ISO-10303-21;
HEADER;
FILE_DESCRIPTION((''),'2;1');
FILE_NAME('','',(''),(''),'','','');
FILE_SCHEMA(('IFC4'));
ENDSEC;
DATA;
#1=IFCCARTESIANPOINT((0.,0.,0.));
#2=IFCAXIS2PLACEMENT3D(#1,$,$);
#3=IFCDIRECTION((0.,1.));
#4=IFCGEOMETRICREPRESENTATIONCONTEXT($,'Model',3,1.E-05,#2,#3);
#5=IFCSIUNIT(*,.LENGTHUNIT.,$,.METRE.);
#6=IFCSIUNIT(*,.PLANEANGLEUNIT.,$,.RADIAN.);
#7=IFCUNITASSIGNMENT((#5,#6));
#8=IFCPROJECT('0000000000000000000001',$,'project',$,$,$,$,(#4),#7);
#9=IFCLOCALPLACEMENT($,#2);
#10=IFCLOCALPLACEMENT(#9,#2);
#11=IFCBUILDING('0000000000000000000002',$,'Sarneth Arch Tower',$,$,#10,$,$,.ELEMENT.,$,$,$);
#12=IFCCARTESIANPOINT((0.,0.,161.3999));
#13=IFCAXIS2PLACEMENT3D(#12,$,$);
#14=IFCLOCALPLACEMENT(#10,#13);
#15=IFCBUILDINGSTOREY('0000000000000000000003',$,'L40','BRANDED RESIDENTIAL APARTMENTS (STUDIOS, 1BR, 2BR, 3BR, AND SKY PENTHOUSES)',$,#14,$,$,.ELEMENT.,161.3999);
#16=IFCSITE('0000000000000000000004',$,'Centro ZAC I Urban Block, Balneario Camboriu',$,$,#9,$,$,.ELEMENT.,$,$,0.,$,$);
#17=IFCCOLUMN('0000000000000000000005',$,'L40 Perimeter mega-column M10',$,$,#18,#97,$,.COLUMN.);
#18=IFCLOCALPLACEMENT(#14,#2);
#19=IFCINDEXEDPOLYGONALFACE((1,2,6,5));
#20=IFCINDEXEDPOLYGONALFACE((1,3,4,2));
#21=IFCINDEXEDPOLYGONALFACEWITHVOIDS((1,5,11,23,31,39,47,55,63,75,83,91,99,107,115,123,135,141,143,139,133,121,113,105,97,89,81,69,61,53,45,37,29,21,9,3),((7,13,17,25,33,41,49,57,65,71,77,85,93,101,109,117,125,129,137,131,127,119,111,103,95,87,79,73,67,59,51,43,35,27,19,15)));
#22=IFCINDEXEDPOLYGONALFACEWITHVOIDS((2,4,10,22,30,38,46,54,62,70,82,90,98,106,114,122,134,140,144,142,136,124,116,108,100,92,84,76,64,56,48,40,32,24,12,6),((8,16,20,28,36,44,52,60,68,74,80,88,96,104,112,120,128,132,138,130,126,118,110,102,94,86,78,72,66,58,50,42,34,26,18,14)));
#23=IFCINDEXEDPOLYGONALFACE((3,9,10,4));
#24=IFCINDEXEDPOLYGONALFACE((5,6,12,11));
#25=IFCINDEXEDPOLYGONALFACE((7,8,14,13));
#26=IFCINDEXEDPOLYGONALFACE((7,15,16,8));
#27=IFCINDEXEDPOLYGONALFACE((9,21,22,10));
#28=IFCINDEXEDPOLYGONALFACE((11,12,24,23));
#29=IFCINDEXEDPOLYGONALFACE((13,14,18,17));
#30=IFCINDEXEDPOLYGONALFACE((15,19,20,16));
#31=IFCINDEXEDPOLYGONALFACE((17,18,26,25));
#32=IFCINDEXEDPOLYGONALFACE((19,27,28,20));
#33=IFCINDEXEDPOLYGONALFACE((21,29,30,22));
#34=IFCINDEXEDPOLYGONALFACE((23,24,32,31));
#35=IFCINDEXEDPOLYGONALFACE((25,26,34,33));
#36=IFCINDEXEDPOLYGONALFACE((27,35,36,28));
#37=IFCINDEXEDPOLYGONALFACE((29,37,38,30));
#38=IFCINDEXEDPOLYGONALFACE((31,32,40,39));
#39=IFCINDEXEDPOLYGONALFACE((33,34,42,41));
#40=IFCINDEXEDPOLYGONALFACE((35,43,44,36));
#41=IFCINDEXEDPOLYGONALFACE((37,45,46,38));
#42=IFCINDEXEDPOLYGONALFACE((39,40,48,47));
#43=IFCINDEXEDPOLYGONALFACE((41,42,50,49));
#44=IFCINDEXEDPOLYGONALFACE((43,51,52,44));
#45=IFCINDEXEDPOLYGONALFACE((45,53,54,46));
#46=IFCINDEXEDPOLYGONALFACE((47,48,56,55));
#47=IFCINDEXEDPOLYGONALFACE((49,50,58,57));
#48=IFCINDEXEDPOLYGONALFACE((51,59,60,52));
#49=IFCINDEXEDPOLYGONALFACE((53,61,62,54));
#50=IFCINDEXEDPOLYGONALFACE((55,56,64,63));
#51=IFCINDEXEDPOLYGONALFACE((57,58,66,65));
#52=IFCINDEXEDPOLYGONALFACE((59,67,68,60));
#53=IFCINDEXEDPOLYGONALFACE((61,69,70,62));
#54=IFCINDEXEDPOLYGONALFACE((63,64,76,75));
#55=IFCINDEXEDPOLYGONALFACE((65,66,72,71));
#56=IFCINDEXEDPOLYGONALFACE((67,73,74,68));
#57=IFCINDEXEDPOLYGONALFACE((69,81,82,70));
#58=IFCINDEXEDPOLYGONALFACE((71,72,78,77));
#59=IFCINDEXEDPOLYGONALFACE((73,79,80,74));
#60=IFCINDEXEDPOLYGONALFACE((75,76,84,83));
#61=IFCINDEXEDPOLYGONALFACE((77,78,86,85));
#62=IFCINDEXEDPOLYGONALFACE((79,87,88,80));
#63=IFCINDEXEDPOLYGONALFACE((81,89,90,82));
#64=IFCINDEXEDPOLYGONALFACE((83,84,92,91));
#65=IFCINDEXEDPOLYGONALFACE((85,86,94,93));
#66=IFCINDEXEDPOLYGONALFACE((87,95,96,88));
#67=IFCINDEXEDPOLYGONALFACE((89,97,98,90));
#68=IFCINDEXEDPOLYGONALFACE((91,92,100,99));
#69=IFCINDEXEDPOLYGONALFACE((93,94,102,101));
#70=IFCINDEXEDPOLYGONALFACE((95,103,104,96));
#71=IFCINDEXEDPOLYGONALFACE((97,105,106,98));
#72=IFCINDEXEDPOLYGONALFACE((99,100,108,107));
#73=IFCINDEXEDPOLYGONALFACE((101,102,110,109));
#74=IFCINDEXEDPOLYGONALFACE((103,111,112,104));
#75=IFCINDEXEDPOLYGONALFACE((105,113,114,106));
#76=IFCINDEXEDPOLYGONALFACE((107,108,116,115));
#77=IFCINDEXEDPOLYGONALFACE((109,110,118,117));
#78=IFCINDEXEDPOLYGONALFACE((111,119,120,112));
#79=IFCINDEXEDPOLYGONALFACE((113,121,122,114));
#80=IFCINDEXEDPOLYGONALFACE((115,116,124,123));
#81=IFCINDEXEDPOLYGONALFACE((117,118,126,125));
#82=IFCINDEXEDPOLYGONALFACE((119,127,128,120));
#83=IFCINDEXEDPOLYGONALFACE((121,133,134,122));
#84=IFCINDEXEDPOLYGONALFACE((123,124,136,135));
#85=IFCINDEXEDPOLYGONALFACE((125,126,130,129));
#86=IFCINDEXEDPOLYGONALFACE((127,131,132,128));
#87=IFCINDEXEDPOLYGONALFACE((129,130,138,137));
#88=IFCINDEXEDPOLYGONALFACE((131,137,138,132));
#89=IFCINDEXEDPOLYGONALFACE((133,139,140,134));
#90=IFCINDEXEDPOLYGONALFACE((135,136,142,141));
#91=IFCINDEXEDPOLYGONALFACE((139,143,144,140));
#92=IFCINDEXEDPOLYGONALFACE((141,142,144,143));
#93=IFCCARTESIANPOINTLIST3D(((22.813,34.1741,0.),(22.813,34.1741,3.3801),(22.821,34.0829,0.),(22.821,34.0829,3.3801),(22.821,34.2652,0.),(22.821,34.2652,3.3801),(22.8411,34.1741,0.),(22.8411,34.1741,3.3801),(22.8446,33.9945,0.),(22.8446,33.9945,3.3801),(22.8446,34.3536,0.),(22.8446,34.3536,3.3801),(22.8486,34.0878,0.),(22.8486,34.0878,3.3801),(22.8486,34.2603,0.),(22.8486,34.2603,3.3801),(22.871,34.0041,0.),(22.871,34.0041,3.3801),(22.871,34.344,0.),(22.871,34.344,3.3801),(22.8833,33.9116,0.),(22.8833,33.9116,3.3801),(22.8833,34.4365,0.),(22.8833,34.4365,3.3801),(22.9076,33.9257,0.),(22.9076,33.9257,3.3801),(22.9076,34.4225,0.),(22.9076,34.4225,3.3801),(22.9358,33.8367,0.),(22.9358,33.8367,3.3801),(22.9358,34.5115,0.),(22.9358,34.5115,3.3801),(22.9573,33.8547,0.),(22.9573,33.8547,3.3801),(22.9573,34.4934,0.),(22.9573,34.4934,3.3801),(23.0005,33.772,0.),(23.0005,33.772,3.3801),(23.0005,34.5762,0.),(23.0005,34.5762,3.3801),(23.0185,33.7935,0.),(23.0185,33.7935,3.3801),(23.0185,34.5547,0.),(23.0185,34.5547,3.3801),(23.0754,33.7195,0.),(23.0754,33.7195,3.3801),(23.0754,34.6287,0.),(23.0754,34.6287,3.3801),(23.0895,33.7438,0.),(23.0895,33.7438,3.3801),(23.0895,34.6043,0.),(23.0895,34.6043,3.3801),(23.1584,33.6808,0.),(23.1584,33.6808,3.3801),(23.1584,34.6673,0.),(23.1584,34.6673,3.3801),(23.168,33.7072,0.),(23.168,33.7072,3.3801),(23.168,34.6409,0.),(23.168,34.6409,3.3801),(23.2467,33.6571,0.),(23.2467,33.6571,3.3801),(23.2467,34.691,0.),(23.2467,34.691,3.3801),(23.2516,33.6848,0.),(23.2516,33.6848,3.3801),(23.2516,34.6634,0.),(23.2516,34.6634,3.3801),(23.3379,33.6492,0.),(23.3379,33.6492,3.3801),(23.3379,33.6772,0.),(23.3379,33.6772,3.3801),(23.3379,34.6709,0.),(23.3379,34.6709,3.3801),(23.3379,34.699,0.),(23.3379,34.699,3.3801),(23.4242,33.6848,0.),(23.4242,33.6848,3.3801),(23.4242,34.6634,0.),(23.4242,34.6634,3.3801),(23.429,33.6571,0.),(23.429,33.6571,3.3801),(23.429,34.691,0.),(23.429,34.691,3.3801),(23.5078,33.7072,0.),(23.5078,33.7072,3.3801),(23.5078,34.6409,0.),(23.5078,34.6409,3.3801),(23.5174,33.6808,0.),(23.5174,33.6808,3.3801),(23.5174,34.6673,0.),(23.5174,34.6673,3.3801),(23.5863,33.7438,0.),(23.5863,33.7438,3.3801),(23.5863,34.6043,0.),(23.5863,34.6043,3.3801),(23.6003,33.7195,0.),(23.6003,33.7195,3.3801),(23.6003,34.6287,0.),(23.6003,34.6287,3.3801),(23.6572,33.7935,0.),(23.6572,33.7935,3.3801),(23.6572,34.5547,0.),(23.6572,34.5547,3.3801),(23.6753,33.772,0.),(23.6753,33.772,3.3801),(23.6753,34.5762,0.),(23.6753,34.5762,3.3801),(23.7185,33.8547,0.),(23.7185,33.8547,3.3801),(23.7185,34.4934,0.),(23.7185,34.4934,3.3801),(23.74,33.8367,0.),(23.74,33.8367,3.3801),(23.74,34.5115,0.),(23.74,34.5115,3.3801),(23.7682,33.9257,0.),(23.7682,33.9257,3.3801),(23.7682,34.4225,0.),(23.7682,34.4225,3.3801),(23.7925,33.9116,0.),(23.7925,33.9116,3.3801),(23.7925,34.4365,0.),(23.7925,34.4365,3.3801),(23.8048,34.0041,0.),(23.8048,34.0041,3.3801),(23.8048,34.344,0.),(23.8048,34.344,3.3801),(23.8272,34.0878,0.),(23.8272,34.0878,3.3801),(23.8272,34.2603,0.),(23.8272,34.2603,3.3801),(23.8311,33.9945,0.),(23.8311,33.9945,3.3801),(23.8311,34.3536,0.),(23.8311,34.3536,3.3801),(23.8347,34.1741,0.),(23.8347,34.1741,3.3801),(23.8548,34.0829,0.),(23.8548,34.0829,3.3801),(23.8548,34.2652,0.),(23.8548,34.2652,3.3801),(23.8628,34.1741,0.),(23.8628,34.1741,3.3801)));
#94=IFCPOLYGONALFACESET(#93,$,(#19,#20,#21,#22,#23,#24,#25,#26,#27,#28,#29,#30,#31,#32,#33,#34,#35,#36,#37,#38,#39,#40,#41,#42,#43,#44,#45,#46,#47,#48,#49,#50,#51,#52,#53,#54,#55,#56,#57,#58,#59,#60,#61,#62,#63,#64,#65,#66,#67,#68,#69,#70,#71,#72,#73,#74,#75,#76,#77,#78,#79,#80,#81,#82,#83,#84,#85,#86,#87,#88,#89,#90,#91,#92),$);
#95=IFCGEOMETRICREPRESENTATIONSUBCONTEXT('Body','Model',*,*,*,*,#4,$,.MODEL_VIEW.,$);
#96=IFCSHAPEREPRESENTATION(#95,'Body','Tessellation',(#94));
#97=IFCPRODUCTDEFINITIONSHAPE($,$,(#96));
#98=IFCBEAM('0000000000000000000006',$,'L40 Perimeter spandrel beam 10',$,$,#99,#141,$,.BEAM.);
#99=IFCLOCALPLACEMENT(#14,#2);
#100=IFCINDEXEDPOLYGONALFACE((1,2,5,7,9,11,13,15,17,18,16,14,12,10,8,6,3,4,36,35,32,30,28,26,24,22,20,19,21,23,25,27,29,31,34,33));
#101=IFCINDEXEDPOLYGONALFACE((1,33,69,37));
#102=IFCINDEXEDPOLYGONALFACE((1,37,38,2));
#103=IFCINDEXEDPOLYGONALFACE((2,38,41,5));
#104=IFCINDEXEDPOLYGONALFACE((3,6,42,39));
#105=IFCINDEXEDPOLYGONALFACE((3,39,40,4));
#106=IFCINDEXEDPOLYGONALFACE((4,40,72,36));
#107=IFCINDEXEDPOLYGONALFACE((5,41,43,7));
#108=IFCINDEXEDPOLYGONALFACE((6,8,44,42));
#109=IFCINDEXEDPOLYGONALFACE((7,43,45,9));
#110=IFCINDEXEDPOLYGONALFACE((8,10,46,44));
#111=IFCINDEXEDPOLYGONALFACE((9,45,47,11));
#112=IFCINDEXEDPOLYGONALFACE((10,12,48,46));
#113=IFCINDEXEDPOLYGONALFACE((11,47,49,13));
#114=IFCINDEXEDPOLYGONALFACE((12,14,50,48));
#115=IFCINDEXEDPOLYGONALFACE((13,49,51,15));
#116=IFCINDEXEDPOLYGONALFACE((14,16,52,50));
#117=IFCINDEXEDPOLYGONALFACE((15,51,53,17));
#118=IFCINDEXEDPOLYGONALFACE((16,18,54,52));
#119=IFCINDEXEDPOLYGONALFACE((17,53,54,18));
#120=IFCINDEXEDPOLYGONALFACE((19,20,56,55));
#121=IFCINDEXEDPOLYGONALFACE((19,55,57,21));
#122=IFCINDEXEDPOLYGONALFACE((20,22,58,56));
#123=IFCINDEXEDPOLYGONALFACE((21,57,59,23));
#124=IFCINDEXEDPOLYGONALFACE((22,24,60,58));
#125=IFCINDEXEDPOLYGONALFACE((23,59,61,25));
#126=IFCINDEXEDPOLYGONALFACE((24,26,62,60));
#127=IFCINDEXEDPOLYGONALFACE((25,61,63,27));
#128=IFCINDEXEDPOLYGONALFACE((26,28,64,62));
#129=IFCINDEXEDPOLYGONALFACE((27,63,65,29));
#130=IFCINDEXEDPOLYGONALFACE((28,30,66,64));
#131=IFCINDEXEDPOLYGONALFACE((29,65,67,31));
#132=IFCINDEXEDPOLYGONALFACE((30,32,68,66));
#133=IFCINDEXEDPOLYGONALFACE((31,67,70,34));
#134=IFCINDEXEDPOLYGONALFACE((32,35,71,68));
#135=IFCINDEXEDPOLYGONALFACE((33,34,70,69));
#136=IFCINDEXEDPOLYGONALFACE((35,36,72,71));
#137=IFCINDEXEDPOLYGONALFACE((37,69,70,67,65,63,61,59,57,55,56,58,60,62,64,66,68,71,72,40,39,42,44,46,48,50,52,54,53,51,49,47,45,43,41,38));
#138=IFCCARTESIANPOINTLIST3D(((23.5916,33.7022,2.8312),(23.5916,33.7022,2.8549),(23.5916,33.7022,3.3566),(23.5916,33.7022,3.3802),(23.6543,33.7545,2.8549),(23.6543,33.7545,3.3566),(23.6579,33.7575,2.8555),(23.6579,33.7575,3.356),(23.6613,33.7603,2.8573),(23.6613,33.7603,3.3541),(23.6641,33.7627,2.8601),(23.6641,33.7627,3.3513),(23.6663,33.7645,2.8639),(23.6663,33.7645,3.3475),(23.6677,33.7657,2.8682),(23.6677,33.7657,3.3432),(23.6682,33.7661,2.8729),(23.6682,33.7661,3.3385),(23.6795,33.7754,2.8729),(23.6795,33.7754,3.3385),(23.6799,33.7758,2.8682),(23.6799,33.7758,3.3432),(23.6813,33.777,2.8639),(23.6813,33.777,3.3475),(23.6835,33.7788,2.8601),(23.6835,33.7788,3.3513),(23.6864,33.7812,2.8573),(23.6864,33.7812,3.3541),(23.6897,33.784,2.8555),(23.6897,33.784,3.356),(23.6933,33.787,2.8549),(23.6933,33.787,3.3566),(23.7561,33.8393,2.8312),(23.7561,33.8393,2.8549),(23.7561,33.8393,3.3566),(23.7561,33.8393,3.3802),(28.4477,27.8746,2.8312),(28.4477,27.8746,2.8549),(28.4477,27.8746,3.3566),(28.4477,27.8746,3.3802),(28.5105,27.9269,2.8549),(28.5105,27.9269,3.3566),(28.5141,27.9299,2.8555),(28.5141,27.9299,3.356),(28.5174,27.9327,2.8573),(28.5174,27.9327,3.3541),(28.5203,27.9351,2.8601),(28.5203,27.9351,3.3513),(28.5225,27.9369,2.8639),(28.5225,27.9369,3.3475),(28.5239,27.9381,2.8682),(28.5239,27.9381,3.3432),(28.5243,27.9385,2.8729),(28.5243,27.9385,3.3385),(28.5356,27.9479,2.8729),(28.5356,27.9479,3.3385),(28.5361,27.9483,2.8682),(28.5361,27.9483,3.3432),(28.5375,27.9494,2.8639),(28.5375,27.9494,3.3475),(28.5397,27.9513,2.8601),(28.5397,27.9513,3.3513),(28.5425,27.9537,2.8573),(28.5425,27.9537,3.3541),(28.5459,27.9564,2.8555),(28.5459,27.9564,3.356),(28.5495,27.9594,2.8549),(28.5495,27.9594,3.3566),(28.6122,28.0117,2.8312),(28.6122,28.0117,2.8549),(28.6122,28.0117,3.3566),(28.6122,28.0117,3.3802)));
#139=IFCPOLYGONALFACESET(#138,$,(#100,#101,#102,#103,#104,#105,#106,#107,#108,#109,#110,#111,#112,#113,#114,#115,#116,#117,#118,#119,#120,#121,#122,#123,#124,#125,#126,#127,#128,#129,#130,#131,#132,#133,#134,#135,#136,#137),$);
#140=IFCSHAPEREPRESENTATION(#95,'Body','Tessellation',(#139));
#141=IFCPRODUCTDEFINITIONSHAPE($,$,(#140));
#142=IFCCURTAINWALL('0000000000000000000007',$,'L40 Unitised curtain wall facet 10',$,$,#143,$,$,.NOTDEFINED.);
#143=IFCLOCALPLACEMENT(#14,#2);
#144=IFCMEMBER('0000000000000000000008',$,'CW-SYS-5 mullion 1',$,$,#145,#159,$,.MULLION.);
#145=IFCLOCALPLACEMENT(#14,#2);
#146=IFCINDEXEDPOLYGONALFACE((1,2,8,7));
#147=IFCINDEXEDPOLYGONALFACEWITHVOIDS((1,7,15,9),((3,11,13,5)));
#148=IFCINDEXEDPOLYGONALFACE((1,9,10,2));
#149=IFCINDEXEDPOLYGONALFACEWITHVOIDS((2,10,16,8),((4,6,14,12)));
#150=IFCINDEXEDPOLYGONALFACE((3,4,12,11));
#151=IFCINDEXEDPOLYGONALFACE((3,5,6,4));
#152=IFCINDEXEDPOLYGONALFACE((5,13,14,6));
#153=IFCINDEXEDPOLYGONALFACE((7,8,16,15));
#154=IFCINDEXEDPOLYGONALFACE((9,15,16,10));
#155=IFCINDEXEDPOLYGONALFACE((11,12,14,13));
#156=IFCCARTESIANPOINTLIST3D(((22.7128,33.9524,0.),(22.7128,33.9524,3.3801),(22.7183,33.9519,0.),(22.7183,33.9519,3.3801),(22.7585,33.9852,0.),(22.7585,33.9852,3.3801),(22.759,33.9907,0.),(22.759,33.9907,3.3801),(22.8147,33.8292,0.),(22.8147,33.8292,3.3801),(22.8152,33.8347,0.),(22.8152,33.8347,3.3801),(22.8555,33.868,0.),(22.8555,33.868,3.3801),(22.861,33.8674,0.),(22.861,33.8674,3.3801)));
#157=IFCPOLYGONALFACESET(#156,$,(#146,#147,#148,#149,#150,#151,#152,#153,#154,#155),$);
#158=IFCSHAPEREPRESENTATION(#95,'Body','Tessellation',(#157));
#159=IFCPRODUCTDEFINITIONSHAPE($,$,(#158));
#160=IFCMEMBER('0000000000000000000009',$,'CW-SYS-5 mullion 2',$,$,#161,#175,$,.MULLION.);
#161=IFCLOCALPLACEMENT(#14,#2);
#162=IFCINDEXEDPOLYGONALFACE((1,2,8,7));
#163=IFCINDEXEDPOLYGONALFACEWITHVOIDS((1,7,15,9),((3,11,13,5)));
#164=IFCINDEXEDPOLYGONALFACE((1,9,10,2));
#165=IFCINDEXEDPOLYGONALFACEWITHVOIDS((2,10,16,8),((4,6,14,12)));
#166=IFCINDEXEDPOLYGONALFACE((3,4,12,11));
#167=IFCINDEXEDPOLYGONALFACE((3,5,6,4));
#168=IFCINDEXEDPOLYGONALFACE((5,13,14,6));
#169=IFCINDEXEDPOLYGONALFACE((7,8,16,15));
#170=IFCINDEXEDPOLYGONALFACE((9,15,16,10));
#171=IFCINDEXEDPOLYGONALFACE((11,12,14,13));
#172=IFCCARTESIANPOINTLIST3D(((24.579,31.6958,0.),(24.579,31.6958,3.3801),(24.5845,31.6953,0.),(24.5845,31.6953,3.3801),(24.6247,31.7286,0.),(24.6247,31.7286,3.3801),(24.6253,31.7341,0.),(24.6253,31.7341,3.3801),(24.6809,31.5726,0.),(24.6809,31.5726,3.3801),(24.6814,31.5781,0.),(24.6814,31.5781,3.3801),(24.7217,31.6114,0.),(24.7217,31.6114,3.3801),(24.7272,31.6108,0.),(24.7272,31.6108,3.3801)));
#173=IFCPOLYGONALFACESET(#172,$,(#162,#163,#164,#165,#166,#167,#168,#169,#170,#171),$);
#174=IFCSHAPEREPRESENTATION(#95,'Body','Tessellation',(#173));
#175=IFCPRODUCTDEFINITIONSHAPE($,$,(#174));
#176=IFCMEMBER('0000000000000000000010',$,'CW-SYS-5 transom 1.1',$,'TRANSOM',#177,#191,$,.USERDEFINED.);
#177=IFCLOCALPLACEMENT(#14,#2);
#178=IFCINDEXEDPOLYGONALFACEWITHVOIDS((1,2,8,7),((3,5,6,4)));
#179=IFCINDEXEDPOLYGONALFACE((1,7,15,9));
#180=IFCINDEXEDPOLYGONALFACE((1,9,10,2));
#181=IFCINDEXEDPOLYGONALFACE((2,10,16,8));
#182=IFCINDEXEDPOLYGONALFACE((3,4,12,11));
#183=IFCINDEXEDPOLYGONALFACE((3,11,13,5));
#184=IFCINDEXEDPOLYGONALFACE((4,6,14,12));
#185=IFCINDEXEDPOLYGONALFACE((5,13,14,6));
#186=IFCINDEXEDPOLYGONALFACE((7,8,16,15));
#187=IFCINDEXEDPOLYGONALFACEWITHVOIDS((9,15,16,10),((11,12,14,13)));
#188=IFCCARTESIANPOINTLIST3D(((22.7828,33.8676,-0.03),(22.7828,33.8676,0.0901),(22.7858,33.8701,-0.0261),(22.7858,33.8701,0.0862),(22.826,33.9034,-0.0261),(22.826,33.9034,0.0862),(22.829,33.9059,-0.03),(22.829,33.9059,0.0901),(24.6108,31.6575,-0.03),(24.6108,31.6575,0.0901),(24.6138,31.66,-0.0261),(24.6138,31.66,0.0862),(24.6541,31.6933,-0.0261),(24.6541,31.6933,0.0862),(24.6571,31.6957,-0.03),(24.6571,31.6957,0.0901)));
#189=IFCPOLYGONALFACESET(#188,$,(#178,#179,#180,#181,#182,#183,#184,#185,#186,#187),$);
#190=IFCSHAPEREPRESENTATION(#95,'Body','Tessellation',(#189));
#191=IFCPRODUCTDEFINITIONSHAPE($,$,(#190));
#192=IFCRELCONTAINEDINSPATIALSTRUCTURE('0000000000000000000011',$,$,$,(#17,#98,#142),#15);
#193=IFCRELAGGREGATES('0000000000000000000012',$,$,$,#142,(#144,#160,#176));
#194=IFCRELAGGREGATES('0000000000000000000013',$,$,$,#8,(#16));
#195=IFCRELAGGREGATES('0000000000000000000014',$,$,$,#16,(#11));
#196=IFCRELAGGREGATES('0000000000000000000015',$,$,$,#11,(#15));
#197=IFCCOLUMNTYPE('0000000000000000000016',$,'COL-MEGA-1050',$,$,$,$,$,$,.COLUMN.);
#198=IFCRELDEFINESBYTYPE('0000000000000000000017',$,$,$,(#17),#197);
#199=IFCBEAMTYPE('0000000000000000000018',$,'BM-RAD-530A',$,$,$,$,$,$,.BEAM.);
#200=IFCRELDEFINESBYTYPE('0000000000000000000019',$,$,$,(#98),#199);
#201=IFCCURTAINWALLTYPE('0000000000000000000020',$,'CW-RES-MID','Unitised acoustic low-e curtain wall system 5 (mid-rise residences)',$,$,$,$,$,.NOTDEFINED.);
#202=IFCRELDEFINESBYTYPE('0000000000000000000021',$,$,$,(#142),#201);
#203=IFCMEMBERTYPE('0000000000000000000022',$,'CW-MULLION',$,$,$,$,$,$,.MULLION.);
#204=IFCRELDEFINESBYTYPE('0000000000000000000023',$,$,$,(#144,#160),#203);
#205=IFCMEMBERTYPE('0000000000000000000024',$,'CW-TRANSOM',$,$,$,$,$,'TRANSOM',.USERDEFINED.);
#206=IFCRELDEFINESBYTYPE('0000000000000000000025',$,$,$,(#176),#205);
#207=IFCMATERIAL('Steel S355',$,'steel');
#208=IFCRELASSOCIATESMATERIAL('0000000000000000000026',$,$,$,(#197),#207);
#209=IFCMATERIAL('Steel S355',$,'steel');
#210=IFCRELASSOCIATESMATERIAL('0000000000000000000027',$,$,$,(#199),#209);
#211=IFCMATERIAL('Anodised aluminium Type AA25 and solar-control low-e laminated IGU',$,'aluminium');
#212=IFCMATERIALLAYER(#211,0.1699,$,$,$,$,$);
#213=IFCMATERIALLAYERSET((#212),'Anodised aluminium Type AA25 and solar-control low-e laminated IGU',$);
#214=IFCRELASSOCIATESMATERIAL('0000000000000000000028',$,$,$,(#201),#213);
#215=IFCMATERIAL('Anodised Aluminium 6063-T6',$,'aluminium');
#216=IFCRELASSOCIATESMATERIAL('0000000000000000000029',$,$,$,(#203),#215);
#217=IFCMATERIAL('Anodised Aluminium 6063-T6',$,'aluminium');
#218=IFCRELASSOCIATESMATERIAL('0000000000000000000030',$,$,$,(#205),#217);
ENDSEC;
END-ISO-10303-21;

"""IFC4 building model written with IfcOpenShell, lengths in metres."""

from ifc_helpers import new_model, si_unit, direction, frame, origin, origin_2d, place, context, subcontext, project, spatial, hollow_rectangle, hollow_circle, i_section, extrude, material, layer, layer_set, material_profile, profile_set, type_object, element, aggregate, save


model = new_model("IFC4")

# Units and contexts
model_context = context("Model", 3, precision=1e-05, world=origin(), true_north=direction((0.0, 1.0)))
body_context = subcontext(model_context, "Body", "Model", "MODEL_VIEW")
ifc_project = project(units=[si_unit("LENGTHUNIT", "METRE"), si_unit("PLANEANGLEUNIT", "RADIAN")], contexts=[model_context])

# Site, building, storey
site_placement = place(None, origin())
site = spatial("IfcSite", under=ifc_project, at=site_placement, Name="Centro ZAC I Urban Block, Balneario Camboriu", CompositionType="ELEMENT", RefElevation=0.0)
building_placement = place(site_placement, origin())
building = spatial("IfcBuilding", under=site, at=building_placement, Name="Sarneth Arch Tower", CompositionType="ELEMENT")
storey_placement = place(building_placement, frame((0.0, 0.0, 161.3999)))
storey = spatial("IfcBuildingStorey", under=building, at=storey_placement, Name="L40", Description="BRANDED RESIDENTIAL APARTMENTS (STUDIOS, 1BR, 2BR, 3BR, AND SKY PENTHOUSES)", CompositionType="ELEMENT", Elevation=161.3999)

# Column
ifc_material_1 = material(Name="Steel S355", Category="steel")
ifc_material_profile_1 = material_profile(ifc_material_1, hollow_circle(Radius=0.5249, WallThickness=0.0281, at=origin_2d()), Name="CHS1050x28")
ifc_profile_set_1 = profile_set([ifc_material_profile_1], Name="Steel S355")
column_type = type_object("IfcColumnType", Name="COL-MEGA-1050", PredefinedType="COLUMN", material=ifc_profile_set_1)
column_placement = place(storey_placement, frame((23.3379, 34.1741, 0.0), z_axis=(0.0, 0.0, 1.0), x_axis=(1.0, 0.0, 0.0)))
element("IfcColumn", 1, at=column_placement, inside=storey, type_object=column_type, Name="L40 Perimeter mega-column M10", PredefinedType="COLUMN", context=body_context, shape_type="SweptSolid", body=[
    extrude(hollow_circle(Radius=0.5249, WallThickness=0.0281, at=origin_2d()), origin(), (0.0, 0.0, 1.0), 3.3801),
])

# Beam
ifc_material_2 = material(Name="Steel S355", Category="steel")
ifc_material_profile_2 = material_profile(ifc_material_2, i_section(OverallWidth=0.2141, OverallDepth=0.5491, WebThickness=0.0146, FlangeThickness=0.0237, FilletRadius=0.0181, at=origin_2d()), Name="W530x138")
ifc_profile_set_2 = profile_set([ifc_material_profile_2], Name="Steel S355")
beam_type = type_object("IfcBeamType", Name="BM-RAD-530A", PredefinedType="BEAM", material=ifc_profile_set_2)
beam_placement = place(storey_placement, frame((23.6738, 33.7708, 3.1057), z_axis=(0.640172, -0.768232, 0.0), x_axis=(0.768232, 0.640172, 0.0)))
element("IfcBeam", 2, at=beam_placement, inside=storey, type_object=beam_type, Name="L40 Perimeter spandrel beam 10", PredefinedType="BEAM", context=body_context, shape_type="SweptSolid", body=[
    extrude(i_section(OverallWidth=0.2141, OverallDepth=0.5491, WebThickness=0.0146, FlangeThickness=0.0237, FilletRadius=0.0181, at=origin_2d()), origin(), (0.0, 0.0, 1.0), 7.5857),
])

# Curtain wall, members
ifc_material_3 = material(Name="Anodised aluminium Type AA25 and solar-control low-e laminated IGU", Category="aluminium")
ifc_layer_1 = layer(ifc_material_3, 0.1699)
ifc_layer_set_1 = layer_set([ifc_layer_1], Name="Anodised aluminium Type AA25 and solar-control low-e laminated IGU")
curtain_wall_type = type_object("IfcCurtainWallType", Name="CW-RES-MID", Description="Unitised acoustic low-e curtain wall system 5 (mid-rise residences)", PredefinedType="NOTDEFINED", material=ifc_layer_set_1)
curtain_wall_placement = place(storey_placement, origin())
curtain_wall = element("IfcCurtainWall", 3, at=curtain_wall_placement, inside=storey, type_object=curtain_wall_type, Name="L40 Unitised curtain wall facet 10", PredefinedType="NOTDEFINED")
ifc_material_4 = material(Name="Anodised Aluminium 6063-T6", Category="aluminium")
ifc_material_profile_3 = material_profile(ifc_material_4, hollow_rectangle(XDim=0.0601, YDim=0.1599, WallThickness=0.0039, at=origin_2d()), Name="AL-MULL-160x60x4")
ifc_profile_set_3 = profile_set([ifc_material_profile_3], Name="Anodised Aluminium 6063-T6")
member_type_1 = type_object("IfcMemberType", Name="CW-MULLION", PredefinedType="MULLION", material=ifc_profile_set_3)
member_1_placement = place(storey_placement, frame((22.7869, 33.9099, 0.0), z_axis=(0.0, 0.0, 1.0), x_axis=(0.770591, 0.63733, 0.0)))
member_1 = element("IfcMember", 4, at=member_1_placement, type_object=member_type_1, Name="CW-SYS-5 mullion 1", PredefinedType="MULLION", context=body_context, shape_type="SweptSolid", body=[
    extrude(hollow_rectangle(XDim=0.0601, YDim=0.1599, WallThickness=0.0039, at=origin_2d()), origin(), (0.0, 0.0, 1.0), 3.3801),
])
member_2_placement = place(storey_placement, frame((24.6531, 31.6533, 0.0), z_axis=(0.0, 0.0, 1.0), x_axis=(0.770591, 0.63733, 0.0)))
member_2 = element("IfcMember", 5, at=member_2_placement, type_object=member_type_1, Name="CW-SYS-5 mullion 2", PredefinedType="MULLION", context=body_context, shape_type="SweptSolid", body=[
    extrude(hollow_rectangle(XDim=0.0601, YDim=0.1599, WallThickness=0.0039, at=origin_2d()), origin(), (0.0, 0.0, 1.0), 3.3801),
])
ifc_material_5 = material(Name="Anodised Aluminium 6063-T6", Category="aluminium")
ifc_material_profile_4 = material_profile(ifc_material_5, hollow_rectangle(XDim=0.0601, YDim=0.1201, WallThickness=0.0039, at=origin_2d()), Name="AL-TRAN-120x60x4")
ifc_profile_set_4 = profile_set([ifc_material_profile_4], Name="Anodised Aluminium 6063-T6")
member_type_2 = type_object("IfcMemberType", Name="CW-TRANSOM", ElementType="TRANSOM", PredefinedType="USERDEFINED", material=ifc_profile_set_4)
member_3_placement = place(storey_placement, frame((22.8059, 33.8867, 0.03), z_axis=(0.637359, -0.770567, 0.0), x_axis=(0.770567, 0.637359, 0.0)))
member_3 = element("IfcMember", 6, at=member_3_placement, type_object=member_type_2, Name="CW-SYS-5 transom 1.1", ObjectType="TRANSOM", PredefinedType="USERDEFINED", context=body_context, shape_type="SweptSolid", body=[
    extrude(hollow_rectangle(XDim=0.0601, YDim=0.1201, WallThickness=0.0039, at=origin_2d()), origin(), (0.0, 0.0, 1.0), 2.8682),
])
aggregate(curtain_wall, [member_1, member_2, member_3])

save(model, "model.ifc")
